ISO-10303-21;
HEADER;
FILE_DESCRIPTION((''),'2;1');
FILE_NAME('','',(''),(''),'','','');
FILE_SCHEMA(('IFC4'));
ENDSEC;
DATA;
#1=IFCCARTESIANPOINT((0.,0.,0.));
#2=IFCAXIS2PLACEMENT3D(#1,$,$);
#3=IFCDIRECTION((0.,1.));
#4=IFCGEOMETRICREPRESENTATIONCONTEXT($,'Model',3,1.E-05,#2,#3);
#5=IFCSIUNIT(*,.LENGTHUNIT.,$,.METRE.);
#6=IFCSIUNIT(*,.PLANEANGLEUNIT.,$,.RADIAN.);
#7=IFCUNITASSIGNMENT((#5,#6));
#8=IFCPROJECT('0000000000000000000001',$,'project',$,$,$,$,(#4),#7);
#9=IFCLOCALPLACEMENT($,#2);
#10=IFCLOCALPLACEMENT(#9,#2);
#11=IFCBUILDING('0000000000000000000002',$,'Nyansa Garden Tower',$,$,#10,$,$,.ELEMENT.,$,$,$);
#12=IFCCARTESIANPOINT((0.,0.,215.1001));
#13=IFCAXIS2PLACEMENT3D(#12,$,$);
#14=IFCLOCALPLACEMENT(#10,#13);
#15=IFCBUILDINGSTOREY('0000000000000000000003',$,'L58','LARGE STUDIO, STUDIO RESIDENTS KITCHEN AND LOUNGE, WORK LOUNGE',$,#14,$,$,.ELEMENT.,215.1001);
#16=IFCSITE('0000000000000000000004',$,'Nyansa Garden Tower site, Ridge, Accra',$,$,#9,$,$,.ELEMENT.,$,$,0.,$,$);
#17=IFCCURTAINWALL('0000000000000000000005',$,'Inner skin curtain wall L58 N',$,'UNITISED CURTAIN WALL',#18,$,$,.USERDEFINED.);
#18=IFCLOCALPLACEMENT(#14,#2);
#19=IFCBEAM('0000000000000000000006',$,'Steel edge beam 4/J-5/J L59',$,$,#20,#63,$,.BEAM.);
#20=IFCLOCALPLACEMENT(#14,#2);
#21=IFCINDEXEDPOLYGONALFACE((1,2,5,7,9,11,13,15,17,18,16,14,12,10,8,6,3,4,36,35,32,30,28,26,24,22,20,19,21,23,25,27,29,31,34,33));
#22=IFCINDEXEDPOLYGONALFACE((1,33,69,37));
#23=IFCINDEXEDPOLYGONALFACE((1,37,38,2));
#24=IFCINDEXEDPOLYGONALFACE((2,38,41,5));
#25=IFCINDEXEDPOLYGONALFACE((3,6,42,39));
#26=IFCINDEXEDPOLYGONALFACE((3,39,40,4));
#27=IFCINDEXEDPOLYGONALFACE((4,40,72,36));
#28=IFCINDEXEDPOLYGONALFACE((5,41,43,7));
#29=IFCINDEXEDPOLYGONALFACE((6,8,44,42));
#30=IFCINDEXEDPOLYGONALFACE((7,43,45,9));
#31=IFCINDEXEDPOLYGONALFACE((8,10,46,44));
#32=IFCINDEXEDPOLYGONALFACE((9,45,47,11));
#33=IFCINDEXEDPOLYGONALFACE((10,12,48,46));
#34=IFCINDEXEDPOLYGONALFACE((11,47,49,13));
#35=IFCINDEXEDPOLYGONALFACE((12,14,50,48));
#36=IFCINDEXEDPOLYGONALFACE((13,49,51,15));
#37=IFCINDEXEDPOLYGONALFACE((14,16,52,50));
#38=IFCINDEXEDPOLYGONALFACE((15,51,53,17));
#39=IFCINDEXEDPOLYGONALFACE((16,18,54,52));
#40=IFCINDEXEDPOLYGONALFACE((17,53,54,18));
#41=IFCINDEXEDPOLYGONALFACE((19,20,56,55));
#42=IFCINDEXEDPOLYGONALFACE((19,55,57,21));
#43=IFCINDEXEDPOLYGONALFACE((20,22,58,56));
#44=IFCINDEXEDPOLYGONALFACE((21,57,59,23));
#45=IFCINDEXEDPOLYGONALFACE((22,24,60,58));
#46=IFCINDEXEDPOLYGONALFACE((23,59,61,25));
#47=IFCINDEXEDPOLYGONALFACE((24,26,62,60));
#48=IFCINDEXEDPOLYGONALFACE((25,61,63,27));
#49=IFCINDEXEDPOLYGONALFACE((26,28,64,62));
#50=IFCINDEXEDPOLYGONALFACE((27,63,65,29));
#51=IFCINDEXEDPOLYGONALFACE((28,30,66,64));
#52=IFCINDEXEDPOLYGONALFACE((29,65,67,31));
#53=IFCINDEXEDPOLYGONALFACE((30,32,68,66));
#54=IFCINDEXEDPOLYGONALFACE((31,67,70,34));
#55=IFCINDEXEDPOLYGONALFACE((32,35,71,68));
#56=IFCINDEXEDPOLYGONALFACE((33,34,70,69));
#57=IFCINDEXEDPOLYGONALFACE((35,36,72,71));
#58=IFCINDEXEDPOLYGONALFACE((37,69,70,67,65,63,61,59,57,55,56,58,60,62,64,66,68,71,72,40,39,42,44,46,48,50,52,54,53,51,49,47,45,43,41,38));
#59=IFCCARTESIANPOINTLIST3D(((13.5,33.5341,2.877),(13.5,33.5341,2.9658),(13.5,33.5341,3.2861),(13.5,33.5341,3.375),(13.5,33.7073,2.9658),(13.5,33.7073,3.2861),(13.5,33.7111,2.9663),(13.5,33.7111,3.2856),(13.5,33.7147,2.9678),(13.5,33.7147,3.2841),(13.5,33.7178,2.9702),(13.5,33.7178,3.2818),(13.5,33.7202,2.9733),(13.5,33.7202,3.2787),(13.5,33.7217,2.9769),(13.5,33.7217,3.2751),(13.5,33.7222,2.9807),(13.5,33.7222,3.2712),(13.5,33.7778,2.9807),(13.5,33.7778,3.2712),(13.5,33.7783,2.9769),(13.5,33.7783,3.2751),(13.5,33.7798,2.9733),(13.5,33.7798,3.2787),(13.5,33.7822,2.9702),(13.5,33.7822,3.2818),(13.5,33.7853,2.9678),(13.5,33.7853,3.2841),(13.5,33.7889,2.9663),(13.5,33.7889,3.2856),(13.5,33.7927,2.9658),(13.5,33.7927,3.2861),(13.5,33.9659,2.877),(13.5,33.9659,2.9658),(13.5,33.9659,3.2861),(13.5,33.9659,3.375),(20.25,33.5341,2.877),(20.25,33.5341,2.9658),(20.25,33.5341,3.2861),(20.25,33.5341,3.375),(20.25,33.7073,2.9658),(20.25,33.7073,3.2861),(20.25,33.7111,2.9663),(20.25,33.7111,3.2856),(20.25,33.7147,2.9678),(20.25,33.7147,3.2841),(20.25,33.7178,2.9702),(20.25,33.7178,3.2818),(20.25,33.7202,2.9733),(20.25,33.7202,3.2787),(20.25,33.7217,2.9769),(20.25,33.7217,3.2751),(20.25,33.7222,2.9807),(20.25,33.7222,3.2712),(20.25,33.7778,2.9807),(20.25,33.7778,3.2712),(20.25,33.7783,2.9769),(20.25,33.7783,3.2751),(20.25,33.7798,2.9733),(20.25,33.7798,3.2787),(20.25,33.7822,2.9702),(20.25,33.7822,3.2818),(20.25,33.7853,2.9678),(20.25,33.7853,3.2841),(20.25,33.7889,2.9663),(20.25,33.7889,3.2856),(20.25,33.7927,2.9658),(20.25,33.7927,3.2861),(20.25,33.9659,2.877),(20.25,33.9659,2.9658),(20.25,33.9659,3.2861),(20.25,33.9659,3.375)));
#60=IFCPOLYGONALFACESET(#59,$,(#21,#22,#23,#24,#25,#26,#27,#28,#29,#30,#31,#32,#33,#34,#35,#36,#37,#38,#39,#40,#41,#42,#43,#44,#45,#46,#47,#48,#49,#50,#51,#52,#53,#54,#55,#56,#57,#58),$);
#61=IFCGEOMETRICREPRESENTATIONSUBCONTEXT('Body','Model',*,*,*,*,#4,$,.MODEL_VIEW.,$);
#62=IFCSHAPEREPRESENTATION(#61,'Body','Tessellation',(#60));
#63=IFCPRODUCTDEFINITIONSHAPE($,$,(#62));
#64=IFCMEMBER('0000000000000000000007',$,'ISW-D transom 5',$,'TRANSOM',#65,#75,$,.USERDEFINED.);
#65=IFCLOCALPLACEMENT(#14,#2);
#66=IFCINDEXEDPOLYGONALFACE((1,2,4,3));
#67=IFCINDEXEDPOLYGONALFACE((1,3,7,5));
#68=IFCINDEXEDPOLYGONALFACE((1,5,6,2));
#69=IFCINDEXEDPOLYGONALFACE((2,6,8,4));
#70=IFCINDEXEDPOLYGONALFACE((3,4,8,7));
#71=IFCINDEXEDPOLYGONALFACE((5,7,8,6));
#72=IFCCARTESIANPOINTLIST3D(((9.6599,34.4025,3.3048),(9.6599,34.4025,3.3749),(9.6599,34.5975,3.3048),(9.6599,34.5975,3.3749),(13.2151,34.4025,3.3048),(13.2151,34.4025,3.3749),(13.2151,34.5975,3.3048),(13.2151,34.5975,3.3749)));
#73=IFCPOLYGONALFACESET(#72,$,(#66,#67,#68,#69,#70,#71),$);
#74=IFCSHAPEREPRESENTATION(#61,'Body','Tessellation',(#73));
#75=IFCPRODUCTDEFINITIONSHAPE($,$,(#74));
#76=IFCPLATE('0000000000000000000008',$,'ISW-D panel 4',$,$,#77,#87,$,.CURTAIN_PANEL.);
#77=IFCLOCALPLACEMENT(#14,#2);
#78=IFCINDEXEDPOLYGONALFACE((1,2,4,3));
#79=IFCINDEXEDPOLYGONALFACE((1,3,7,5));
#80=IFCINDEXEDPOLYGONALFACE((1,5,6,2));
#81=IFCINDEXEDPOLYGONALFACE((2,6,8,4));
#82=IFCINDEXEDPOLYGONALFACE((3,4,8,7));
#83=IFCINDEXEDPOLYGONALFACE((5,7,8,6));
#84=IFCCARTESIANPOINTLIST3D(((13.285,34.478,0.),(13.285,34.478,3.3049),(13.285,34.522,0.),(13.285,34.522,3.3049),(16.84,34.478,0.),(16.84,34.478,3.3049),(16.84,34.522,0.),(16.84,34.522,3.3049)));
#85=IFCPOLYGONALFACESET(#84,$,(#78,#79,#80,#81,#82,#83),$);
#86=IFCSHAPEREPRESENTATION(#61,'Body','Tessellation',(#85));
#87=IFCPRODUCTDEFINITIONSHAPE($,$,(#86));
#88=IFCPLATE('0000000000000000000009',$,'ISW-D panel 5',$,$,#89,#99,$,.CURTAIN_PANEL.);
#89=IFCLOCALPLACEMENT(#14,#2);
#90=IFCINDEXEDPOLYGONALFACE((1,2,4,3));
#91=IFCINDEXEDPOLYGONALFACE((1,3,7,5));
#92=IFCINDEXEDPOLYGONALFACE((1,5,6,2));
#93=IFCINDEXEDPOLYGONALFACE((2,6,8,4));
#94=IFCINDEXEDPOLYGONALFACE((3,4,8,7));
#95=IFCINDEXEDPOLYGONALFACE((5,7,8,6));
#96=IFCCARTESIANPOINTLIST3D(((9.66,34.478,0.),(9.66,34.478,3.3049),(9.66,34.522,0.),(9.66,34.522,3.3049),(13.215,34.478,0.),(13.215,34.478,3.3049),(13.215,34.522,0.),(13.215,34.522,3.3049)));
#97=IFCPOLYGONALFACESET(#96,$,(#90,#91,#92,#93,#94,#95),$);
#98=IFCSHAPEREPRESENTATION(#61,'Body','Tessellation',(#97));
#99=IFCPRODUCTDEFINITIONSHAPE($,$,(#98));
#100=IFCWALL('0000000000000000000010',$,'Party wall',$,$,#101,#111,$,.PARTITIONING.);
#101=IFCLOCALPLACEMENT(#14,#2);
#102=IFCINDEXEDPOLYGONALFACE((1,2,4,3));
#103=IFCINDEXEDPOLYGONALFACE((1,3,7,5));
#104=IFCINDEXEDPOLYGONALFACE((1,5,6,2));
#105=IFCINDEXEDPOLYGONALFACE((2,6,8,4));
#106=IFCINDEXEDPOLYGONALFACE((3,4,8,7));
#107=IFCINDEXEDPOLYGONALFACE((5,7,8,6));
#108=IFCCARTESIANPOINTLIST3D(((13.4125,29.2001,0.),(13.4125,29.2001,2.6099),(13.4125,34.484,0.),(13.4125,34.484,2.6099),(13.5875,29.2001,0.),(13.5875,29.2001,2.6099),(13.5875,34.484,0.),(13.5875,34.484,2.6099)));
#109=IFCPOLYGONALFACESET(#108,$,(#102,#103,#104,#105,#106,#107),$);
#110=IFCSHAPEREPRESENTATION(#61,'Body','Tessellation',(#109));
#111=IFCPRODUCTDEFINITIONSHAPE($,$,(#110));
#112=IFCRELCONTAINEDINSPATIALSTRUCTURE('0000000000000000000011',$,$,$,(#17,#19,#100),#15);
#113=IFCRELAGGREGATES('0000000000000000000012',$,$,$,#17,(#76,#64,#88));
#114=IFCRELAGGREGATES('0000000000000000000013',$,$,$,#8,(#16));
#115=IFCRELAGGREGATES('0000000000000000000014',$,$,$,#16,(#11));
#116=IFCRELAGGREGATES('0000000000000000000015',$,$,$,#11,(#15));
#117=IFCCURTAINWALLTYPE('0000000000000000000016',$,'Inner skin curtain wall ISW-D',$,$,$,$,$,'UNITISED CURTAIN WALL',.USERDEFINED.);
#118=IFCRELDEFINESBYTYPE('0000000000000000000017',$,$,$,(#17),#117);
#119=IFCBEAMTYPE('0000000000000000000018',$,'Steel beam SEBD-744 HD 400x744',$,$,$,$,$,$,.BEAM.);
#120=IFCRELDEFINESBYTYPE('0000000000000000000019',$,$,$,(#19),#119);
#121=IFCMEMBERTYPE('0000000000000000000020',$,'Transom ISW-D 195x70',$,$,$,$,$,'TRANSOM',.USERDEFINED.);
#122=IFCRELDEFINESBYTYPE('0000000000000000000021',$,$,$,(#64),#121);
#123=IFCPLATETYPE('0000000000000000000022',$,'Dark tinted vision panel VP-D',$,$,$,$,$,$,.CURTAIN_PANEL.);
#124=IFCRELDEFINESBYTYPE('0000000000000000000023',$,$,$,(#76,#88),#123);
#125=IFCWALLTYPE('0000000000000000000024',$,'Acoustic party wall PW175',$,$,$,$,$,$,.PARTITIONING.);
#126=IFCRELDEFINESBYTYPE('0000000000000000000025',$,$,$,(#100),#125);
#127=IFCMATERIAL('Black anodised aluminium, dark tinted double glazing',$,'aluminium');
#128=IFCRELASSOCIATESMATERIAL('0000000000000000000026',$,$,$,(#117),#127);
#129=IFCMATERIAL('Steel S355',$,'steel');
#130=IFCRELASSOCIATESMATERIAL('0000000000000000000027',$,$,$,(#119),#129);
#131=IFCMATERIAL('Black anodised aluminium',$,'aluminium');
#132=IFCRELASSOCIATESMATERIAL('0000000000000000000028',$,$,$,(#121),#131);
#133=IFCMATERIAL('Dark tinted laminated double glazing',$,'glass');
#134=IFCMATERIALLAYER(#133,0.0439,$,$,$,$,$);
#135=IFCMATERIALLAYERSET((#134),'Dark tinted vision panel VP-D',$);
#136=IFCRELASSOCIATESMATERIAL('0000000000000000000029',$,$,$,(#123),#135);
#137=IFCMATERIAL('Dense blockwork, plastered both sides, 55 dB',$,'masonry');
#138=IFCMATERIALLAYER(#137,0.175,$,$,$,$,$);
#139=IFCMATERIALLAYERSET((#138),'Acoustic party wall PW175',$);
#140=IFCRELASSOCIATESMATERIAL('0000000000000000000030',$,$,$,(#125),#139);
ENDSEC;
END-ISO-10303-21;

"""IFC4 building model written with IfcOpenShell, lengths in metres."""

from ifc_helpers import new_model, si_unit, direction, frame, frame_2d, origin, origin_2d, place, context, subcontext, project, spatial, rectangle, i_section, extrude, material, layer, layer_set, material_profile, profile_set, type_object, element, aggregate, save


model = new_model("IFC4")

# Units and contexts
model_context = context("Model", 3, precision=1e-05, world=origin(), true_north=direction((0.0, 1.0)))
body_context = subcontext(model_context, "Body", "Model", "MODEL_VIEW")
ifc_project = project(units=[si_unit("LENGTHUNIT", "METRE"), si_unit("PLANEANGLEUNIT", "RADIAN")], contexts=[model_context])

# Site, building, storey
site_placement = place(None, origin())
site = spatial("IfcSite", under=ifc_project, at=site_placement, Name="Nyansa Garden Tower site, Ridge, Accra", CompositionType="ELEMENT", RefElevation=0.0)
building_placement = place(site_placement, origin())
building = spatial("IfcBuilding", under=site, at=building_placement, Name="Nyansa Garden Tower", CompositionType="ELEMENT")
storey_placement = place(building_placement, frame((0.0, 0.0, 215.1001)))
storey = spatial("IfcBuildingStorey", under=building, at=storey_placement, Name="L58", Description="LARGE STUDIO, STUDIO RESIDENTS KITCHEN AND LOUNGE, WORK LOUNGE", CompositionType="ELEMENT", Elevation=215.1001)

# Curtain wall
ifc_material_1 = material(Name="Black anodised aluminium, dark tinted double glazing", Category="aluminium")
curtain_wall_type = type_object("IfcCurtainWallType", Name="Inner skin curtain wall ISW-D", ElementType="UNITISED CURTAIN WALL", PredefinedType="USERDEFINED", material=ifc_material_1)
curtain_wall_placement = place(storey_placement, origin())
curtain_wall = element("IfcCurtainWall", 1, at=curtain_wall_placement, inside=storey, type_object=curtain_wall_type, Name="Inner skin curtain wall L58 N", ObjectType="UNITISED CURTAIN WALL", PredefinedType="USERDEFINED")

# Beam
ifc_material_2 = material(Name="Steel S355", Category="steel")
ifc_material_profile_1 = material_profile(ifc_material_2, i_section(OverallWidth=0.4319, OverallDepth=0.498, WebThickness=0.0557, FlangeThickness=0.0889, FilletRadius=0.0149, at=origin_2d()), Name="HD 400x744")
ifc_profile_set_1 = profile_set([ifc_material_profile_1], Name="Steel S355")
beam_type_1 = type_object("IfcBeamType", Name="Steel beam SEBD-744 HD 400x744", PredefinedType="BEAM", material=ifc_profile_set_1)
beam_1_placement = place(storey_placement, frame((13.5, 33.75, 3.126), z_axis=(1.0, 0.0, 0.0), x_axis=(0.0, 1.0, 0.0)))
element("IfcBeam", 2, at=beam_1_placement, inside=storey, type_object=beam_type_1, Name="Steel edge beam 4/J-5/J L59", PredefinedType="BEAM", context=body_context, shape_type="SweptSolid", body=[
    extrude(i_section(OverallWidth=0.4319, OverallDepth=0.498, WebThickness=0.0557, FlangeThickness=0.0889, FilletRadius=0.0149, at=origin_2d()), origin(), (0.0, 0.0, 1.0), 6.75),
])

# Member
ifc_material_3 = material(Name="Black anodised aluminium", Category="aluminium")
ifc_material_profile_2 = material_profile(ifc_material_3, rectangle(XDim=0.1951, YDim=0.0701, at=origin_2d()), Name="Transom 195x70")
ifc_profile_set_2 = profile_set([ifc_material_profile_2], Name="Black anodised aluminium")
member_type_1 = type_object("IfcMemberType", Name="Transom ISW-D 195x70", ElementType="TRANSOM", PredefinedType="USERDEFINED", material=ifc_profile_set_2)
member_1_placement = place(storey_placement, frame((13.2151, 34.5, 3.3398), z_axis=(-1.0, 0.0, 0.0), x_axis=(0.0, -1.0, 0.0)))
member_1 = element("IfcMember", 3, at=member_1_placement, type_object=member_type_1, Name="ISW-D transom 5", ObjectType="TRANSOM", PredefinedType="USERDEFINED", context=body_context, shape_type="SweptSolid", body=[
    extrude(rectangle(XDim=0.1951, YDim=0.0701, at=origin_2d()), origin(), (0.0, 0.0, 1.0), 3.5552),
])

# Plates
ifc_material_4 = material(Name="Dark tinted laminated double glazing", Category="glass")
ifc_layer_1 = layer(ifc_material_4, 0.0439)
ifc_layer_set_1 = layer_set([ifc_layer_1], Name="Dark tinted vision panel VP-D")
plate_type = type_object("IfcPlateType", Name="Dark tinted vision panel VP-D", PredefinedType="CURTAIN_PANEL", material=ifc_layer_set_1)
plate_1_placement = place(storey_placement, frame((15.0625, 34.5, 0.0), z_axis=(0.0, 0.0, 1.0), x_axis=(-1.0, 0.0, 0.0)))
plate_1 = element("IfcPlate", 4, at=plate_1_placement, type_object=plate_type, Name="ISW-D panel 4", PredefinedType="CURTAIN_PANEL", context=body_context, shape_type="SweptSolid", body=[
    extrude(rectangle(XDim=3.5549, YDim=0.0439, at=origin_2d()), origin(), (0.0, 0.0, 1.0), 3.3049),
])
plate_2_placement = place(storey_placement, frame((11.4375, 34.5, 0.0), z_axis=(0.0, 0.0, 1.0), x_axis=(-1.0, 0.0, 0.0)))
plate_2 = element("IfcPlate", 5, at=plate_2_placement, type_object=plate_type, Name="ISW-D panel 5", PredefinedType="CURTAIN_PANEL", context=body_context, shape_type="SweptSolid", body=[
    extrude(rectangle(XDim=3.5549, YDim=0.0439, at=origin_2d()), origin(), (0.0, 0.0, 1.0), 3.3049),
])
aggregate(curtain_wall, [plate_1, member_1, plate_2])

# Wall
ifc_material_5 = material(Name="Dense blockwork, plastered both sides, 55 dB", Category="masonry")
ifc_layer_2 = layer(ifc_material_5, 0.175)
ifc_layer_set_2 = layer_set([ifc_layer_2], Name="Acoustic party wall PW175")
wall_type_1 = type_object("IfcWallType", Name="Acoustic party wall PW175", PredefinedType="PARTITIONING", material=ifc_layer_set_2)
wall_1_placement = place(storey_placement, frame((13.5, 29.2, 0.0), z_axis=(0.0, 0.0, 1.0), x_axis=(0.0, 1.0, 0.0)))
element("IfcWall", 6, at=wall_1_placement, inside=storey, type_object=wall_type_1, Name="Party wall", PredefinedType="PARTITIONING", context=body_context, shape_type="SweptSolid", body=[
    extrude(rectangle(XDim=5.2839, YDim=0.175, at=frame_2d((2.6421, 0.0))), origin(), (0.0, 0.0, 1.0), 2.6099),
])

save(model, "model.ifc")
